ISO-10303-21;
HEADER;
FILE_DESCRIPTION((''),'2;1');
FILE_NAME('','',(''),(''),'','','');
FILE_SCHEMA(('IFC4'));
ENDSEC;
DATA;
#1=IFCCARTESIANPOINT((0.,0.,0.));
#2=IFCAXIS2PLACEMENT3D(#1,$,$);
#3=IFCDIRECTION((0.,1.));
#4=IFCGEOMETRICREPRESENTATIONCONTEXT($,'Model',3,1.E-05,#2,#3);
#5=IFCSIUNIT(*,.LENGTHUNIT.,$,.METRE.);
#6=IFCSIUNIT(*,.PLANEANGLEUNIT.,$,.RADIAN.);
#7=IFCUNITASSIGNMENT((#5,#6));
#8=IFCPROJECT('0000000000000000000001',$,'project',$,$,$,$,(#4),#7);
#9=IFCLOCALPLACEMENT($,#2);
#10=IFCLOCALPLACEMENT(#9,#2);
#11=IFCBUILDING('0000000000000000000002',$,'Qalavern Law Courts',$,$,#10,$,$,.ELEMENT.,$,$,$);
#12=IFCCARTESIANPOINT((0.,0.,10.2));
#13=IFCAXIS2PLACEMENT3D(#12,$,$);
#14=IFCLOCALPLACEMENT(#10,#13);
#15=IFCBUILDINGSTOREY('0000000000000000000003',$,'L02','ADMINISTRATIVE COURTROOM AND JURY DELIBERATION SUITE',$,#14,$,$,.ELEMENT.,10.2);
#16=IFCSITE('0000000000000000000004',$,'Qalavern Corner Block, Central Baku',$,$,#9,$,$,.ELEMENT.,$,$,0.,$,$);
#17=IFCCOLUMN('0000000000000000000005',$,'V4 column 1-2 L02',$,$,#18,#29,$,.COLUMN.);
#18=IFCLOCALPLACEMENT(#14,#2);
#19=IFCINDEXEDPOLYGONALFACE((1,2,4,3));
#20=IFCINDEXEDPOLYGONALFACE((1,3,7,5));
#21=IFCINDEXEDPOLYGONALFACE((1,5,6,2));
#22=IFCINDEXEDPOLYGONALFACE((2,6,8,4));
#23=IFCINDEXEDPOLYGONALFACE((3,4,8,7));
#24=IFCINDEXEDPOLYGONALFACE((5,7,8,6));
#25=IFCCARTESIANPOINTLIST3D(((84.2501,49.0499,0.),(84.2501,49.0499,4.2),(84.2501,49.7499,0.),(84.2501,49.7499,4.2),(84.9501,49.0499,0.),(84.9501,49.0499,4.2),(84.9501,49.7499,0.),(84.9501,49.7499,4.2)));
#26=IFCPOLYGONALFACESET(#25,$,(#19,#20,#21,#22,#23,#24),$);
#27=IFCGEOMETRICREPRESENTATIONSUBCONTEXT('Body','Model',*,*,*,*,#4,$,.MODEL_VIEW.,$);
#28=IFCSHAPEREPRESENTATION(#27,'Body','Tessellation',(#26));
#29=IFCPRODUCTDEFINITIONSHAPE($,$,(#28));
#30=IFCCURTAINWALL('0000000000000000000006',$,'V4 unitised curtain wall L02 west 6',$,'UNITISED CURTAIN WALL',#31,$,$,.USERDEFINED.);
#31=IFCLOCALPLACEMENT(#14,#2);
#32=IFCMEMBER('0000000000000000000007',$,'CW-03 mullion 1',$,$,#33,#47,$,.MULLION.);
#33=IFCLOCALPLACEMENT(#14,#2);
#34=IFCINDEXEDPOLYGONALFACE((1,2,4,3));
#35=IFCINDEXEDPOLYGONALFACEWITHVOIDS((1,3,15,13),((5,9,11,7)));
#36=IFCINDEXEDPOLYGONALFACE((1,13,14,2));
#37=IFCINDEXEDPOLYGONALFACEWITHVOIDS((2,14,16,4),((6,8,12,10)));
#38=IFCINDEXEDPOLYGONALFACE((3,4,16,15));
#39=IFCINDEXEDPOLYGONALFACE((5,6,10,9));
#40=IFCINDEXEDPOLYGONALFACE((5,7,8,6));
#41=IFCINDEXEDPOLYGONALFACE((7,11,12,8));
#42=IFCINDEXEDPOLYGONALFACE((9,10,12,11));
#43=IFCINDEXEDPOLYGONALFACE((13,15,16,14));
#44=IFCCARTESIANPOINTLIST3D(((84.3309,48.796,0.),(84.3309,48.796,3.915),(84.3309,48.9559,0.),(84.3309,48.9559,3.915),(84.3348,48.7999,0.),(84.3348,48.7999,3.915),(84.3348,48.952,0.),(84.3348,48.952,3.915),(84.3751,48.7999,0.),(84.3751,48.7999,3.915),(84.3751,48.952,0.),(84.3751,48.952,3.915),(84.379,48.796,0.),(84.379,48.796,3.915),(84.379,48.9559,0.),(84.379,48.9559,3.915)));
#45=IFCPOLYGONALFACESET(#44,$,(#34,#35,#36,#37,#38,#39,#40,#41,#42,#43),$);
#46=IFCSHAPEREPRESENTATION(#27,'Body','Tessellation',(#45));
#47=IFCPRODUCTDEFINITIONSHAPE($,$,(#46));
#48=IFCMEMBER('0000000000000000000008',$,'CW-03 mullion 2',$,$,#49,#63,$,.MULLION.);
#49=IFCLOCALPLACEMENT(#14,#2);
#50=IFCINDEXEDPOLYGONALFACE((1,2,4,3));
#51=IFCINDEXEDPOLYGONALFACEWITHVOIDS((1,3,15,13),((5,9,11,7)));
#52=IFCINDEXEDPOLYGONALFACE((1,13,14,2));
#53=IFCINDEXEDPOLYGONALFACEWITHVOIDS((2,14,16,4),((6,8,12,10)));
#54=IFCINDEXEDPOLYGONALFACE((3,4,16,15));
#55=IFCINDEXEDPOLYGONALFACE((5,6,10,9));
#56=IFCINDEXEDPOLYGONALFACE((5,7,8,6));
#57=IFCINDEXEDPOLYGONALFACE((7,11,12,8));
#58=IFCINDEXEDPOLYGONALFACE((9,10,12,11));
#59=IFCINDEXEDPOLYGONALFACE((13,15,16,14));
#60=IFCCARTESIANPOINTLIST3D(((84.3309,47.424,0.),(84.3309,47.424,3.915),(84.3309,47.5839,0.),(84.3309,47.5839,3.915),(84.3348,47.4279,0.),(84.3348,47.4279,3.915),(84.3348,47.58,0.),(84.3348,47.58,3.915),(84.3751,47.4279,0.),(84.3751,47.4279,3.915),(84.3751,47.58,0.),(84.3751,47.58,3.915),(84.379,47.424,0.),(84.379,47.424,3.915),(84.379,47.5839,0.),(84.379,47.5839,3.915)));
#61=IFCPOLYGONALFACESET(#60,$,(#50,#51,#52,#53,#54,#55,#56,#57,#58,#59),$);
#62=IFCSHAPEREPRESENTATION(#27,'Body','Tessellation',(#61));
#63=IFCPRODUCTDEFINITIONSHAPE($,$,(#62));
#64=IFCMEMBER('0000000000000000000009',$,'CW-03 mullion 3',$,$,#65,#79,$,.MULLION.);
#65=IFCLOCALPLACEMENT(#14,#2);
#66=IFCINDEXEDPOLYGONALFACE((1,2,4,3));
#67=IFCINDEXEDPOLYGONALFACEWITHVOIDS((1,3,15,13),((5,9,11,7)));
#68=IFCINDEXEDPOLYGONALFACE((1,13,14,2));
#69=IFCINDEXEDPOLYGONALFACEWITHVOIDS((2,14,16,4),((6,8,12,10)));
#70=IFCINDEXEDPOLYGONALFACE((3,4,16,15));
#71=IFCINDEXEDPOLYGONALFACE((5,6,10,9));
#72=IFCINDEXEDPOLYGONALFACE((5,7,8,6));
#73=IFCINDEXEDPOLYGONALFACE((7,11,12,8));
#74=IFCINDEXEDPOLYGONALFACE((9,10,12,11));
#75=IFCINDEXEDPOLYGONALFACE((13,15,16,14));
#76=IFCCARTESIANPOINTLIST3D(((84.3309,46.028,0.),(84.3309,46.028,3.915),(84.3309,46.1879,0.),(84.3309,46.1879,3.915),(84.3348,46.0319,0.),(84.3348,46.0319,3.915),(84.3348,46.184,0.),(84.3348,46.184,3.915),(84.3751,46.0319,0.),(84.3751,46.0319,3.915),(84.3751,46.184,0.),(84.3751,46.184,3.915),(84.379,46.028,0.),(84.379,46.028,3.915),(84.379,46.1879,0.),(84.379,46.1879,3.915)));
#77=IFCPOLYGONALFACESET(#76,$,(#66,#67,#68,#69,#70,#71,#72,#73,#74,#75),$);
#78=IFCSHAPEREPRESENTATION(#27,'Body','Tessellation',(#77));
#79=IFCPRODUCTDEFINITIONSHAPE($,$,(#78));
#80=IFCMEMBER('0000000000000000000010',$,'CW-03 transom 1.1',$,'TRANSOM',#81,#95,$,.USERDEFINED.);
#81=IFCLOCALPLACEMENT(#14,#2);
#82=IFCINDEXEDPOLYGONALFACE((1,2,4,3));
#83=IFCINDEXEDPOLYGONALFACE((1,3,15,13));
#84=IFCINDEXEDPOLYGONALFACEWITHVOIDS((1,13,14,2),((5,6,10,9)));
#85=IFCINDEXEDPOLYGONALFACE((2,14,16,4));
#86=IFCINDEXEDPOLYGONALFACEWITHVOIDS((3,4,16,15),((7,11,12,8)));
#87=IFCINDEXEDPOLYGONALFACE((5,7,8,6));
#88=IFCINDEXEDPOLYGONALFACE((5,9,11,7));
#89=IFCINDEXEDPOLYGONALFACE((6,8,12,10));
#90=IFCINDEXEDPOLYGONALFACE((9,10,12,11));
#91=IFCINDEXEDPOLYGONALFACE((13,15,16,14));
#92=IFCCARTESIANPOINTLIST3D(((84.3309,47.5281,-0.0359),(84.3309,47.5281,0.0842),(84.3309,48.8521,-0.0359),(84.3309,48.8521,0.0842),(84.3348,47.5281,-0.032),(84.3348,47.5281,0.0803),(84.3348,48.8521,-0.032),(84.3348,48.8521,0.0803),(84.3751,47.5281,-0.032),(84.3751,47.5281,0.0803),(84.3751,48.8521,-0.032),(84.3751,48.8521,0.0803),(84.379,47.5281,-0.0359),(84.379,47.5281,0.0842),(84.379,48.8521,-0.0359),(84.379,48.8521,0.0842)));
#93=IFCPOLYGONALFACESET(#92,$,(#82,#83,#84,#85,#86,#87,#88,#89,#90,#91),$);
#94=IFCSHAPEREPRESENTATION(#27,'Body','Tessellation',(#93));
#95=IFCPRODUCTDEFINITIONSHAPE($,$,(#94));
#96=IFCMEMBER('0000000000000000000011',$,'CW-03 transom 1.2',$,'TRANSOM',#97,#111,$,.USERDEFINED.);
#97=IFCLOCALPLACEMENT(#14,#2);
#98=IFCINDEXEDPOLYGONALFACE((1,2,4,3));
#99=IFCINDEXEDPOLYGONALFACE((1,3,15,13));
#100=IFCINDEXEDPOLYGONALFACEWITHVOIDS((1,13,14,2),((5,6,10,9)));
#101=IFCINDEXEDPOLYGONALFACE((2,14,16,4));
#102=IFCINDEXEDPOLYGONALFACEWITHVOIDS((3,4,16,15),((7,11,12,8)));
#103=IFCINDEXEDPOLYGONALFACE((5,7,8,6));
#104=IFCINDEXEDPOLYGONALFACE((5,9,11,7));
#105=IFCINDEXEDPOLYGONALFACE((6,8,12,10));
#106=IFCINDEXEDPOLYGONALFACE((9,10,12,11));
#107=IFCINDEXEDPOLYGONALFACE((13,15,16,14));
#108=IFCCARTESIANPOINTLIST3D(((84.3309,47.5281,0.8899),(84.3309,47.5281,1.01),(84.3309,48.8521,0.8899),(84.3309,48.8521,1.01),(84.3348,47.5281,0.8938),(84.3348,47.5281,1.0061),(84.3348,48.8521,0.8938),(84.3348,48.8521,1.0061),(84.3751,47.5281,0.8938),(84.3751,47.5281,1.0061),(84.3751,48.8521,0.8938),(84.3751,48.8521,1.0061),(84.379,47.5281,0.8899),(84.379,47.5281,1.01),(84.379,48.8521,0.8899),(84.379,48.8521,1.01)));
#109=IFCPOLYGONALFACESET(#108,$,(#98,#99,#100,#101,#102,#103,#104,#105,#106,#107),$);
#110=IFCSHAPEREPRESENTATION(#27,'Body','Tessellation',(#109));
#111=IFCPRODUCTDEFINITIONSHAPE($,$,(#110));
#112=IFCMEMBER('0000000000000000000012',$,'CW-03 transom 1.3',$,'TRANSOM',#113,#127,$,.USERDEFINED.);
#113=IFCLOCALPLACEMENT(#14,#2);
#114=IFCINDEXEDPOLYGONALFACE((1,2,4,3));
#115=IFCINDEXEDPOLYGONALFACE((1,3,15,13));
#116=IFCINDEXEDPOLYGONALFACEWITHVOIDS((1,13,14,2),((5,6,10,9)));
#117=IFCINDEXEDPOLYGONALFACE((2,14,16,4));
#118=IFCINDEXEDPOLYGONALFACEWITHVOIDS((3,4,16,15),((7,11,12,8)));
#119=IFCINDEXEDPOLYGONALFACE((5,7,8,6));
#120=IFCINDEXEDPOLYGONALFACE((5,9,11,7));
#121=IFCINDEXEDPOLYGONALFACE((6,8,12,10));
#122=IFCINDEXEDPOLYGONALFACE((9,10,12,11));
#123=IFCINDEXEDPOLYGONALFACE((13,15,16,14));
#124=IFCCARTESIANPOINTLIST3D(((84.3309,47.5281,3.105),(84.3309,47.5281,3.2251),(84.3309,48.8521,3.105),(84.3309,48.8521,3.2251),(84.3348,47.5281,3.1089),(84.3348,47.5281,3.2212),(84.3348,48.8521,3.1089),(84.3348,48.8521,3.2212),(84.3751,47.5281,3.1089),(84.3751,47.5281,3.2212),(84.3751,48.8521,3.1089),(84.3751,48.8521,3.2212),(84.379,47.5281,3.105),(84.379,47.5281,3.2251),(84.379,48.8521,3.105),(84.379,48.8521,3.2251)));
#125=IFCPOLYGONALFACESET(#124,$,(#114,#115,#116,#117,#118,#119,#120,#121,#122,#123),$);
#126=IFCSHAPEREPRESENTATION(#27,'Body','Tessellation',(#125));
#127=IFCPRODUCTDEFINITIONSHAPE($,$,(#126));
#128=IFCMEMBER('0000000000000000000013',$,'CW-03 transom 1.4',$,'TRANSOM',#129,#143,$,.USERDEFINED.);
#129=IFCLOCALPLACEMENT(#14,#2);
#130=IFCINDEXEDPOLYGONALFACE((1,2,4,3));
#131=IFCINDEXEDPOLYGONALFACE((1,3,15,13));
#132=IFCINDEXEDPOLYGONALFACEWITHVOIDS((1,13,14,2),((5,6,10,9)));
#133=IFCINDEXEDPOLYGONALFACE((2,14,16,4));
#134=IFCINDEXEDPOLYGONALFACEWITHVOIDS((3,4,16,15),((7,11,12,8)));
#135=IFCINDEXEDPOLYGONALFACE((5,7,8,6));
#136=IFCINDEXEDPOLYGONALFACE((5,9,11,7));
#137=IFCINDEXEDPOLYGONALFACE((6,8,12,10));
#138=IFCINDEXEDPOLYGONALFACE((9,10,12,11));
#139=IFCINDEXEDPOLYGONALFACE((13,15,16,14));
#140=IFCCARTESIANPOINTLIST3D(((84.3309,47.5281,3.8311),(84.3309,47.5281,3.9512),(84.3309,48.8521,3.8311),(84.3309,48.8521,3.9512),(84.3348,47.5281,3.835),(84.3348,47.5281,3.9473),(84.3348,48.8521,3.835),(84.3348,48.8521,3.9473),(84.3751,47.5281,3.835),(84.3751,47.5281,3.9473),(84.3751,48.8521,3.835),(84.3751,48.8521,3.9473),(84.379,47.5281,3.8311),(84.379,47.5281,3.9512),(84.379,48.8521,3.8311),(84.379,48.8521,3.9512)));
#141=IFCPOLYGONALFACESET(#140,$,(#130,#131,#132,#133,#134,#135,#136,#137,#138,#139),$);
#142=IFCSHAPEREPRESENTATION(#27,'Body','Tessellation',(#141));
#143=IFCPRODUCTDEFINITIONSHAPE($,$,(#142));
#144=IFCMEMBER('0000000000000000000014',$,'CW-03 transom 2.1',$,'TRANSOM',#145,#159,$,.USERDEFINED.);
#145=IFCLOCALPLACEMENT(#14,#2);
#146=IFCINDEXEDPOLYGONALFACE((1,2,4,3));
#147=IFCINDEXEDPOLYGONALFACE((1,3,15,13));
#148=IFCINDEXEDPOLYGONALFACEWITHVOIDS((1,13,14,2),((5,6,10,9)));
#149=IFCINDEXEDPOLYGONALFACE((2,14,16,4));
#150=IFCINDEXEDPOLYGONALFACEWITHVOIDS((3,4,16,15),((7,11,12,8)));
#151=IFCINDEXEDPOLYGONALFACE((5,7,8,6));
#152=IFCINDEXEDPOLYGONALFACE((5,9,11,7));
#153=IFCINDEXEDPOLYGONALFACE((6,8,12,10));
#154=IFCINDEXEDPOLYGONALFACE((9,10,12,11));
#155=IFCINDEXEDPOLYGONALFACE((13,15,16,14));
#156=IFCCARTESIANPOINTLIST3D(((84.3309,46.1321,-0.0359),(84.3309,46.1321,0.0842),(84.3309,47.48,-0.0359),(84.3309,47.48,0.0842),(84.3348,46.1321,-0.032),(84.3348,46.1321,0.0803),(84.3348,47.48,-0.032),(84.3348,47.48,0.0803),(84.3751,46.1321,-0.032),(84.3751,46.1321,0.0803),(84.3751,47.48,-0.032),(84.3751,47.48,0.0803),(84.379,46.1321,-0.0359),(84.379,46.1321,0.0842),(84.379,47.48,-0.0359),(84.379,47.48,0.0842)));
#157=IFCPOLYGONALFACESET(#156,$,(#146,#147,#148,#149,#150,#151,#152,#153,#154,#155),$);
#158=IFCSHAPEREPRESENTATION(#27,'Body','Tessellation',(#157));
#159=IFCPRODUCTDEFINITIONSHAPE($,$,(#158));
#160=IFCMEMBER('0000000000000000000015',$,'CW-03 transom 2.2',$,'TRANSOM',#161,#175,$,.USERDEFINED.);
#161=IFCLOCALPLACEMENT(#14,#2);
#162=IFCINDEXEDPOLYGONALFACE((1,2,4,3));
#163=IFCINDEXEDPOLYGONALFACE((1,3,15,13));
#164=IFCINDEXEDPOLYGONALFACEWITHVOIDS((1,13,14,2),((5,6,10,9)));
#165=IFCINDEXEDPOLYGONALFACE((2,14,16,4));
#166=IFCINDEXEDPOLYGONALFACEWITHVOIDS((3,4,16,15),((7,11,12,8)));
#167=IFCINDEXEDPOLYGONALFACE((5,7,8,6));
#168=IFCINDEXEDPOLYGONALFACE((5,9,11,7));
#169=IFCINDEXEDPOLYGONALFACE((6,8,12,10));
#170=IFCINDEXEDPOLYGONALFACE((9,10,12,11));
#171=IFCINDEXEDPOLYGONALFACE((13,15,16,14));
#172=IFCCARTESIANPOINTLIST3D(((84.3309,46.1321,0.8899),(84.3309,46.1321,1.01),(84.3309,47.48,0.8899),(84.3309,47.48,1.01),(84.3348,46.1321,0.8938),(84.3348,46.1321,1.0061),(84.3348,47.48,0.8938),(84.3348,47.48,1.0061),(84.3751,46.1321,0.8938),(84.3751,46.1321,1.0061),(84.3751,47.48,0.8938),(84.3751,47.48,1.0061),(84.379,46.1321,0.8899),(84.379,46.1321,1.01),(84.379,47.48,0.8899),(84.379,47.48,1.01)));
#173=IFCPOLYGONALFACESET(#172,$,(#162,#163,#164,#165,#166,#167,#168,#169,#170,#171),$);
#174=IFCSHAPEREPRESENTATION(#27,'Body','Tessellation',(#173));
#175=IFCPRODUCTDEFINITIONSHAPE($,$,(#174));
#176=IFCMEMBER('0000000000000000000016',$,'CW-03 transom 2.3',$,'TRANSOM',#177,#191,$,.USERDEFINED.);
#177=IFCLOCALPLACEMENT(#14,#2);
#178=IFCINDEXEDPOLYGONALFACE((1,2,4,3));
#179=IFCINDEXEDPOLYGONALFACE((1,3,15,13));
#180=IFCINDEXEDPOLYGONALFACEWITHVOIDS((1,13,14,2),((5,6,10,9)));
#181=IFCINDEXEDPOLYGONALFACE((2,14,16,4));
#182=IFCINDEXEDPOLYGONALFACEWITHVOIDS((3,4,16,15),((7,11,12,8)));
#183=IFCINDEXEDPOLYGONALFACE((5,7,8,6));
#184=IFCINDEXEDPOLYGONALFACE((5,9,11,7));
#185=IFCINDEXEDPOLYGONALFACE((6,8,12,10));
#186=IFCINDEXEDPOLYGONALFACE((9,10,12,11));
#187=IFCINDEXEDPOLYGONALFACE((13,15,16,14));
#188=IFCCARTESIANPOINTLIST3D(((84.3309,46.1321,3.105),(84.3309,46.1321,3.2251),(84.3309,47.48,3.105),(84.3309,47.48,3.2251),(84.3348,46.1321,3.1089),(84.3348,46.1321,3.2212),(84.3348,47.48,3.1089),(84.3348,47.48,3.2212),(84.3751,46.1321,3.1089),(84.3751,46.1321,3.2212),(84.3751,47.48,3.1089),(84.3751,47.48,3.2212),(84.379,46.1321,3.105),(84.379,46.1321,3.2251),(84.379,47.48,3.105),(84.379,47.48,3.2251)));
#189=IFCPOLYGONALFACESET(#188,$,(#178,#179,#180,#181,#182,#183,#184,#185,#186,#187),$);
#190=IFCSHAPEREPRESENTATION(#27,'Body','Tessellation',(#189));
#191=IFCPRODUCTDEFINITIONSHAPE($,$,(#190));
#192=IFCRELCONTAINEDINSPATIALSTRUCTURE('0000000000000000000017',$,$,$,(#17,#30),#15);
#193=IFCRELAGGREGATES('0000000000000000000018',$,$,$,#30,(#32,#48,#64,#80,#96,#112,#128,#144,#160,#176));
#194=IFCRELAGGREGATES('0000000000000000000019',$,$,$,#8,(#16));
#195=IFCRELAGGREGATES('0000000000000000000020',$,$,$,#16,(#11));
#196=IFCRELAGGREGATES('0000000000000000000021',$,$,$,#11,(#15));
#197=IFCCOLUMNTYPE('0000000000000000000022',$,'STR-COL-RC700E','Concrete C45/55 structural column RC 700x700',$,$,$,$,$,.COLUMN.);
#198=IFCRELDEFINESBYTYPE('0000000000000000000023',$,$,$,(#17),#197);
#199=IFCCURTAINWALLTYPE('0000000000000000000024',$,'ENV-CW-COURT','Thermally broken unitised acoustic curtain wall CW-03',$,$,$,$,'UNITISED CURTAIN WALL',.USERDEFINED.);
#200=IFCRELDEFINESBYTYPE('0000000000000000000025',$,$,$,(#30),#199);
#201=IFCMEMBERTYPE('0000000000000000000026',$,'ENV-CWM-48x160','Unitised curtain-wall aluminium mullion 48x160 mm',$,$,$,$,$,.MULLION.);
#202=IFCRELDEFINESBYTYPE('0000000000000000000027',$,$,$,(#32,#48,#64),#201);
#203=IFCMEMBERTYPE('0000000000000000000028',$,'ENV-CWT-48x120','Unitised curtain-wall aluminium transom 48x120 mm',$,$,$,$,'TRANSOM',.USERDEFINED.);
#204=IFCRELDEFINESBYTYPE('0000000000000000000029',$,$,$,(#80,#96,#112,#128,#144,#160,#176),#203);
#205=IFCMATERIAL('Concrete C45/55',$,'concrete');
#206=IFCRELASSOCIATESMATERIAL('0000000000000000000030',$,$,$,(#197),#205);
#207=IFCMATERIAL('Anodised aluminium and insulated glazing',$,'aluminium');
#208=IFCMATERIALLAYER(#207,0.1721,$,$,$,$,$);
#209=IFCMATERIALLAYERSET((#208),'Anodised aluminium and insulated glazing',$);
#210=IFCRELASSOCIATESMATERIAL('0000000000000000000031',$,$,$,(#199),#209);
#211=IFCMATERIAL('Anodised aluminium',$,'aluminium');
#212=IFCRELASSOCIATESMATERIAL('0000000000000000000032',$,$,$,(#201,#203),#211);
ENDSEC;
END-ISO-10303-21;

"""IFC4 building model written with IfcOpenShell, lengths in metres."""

from ifc_helpers import new_model, si_unit, direction, frame, origin, origin_2d, place, context, subcontext, project, spatial, rectangle, hollow_rectangle, extrude, material, layer, layer_set, material_profile, profile_set, type_object, element, aggregate, save


model = new_model("IFC4")

# Units and contexts
model_context = context("Model", 3, precision=1e-05, world=origin(), true_north=direction((0.0, 1.0)))
body_context = subcontext(model_context, "Body", "Model", "MODEL_VIEW")
ifc_project = project(units=[si_unit("LENGTHUNIT", "METRE"), si_unit("PLANEANGLEUNIT", "RADIAN")], contexts=[model_context])

# Site, building, storey
site_placement = place(None, origin())
site = spatial("IfcSite", under=ifc_project, at=site_placement, Name="Qalavern Corner Block, Central Baku", CompositionType="ELEMENT", RefElevation=0.0)
building_placement = place(site_placement, origin())
building = spatial("IfcBuilding", under=site, at=building_placement, Name="Qalavern Law Courts", CompositionType="ELEMENT")
storey_placement = place(building_placement, frame((0.0, 0.0, 10.2)))
storey = spatial("IfcBuildingStorey", under=building, at=storey_placement, Name="L02", Description="ADMINISTRATIVE COURTROOM AND JURY DELIBERATION SUITE", CompositionType="ELEMENT", Elevation=10.2)

# Column
ifc_material_1 = material(Name="Concrete C45/55", Category="concrete")
ifc_material_profile_1 = material_profile(ifc_material_1, rectangle(XDim=0.7, YDim=0.7, at=origin_2d()), Name="RC 700x700")
ifc_profile_set_1 = profile_set([ifc_material_profile_1], Name="Concrete C45/55")
column_type = type_object("IfcColumnType", Name="STR-COL-RC700E", Description="Concrete C45/55 structural column RC 700x700", PredefinedType="COLUMN", material=ifc_profile_set_1)
column_placement = place(storey_placement, frame((84.6001, 49.3999, 0.0), z_axis=(0.0, 0.0, 1.0), x_axis=(1.0, 0.0, 0.0)))
element("IfcColumn", 1, at=column_placement, inside=storey, type_object=column_type, Name="V4 column 1-2 L02", PredefinedType="COLUMN", context=body_context, shape_type="SweptSolid", body=[
    extrude(rectangle(XDim=0.7, YDim=0.7, at=origin_2d()), origin(), (0.0, 0.0, 1.0), 4.2),
])

# Curtain wall, members
ifc_material_2 = material(Name="Anodised aluminium and insulated glazing", Category="aluminium")
ifc_layer_1 = layer(ifc_material_2, 0.1721)
ifc_layer_set_1 = layer_set([ifc_layer_1], Name="Anodised aluminium and insulated glazing")
curtain_wall_type = type_object("IfcCurtainWallType", Name="ENV-CW-COURT", Description="Thermally broken unitised acoustic curtain wall CW-03", ElementType="UNITISED CURTAIN WALL", PredefinedType="USERDEFINED", material=ifc_layer_set_1)
curtain_wall_placement = place(storey_placement, origin())
curtain_wall = element("IfcCurtainWall", 2, at=curtain_wall_placement, inside=storey, type_object=curtain_wall_type, Name="V4 unitised curtain wall L02 west 6", ObjectType="UNITISED CURTAIN WALL", PredefinedType="USERDEFINED")
ifc_material_3 = material(Name="Anodised aluminium", Category="aluminium")
ifc_material_profile_2 = material_profile(ifc_material_3, hollow_rectangle(XDim=0.0481, YDim=0.1599, WallThickness=0.0039, at=origin_2d()), Name="ALU MULLION 48x160")
ifc_profile_set_2 = profile_set([ifc_material_profile_2], Name="Anodised aluminium")
member_type_1 = type_object("IfcMemberType", Name="ENV-CWM-48x160", Description="Unitised curtain-wall aluminium mullion 48x160 mm", PredefinedType="MULLION", material=ifc_profile_set_2)
member_1_placement = place(storey_placement, frame((84.355, 48.876, 0.0), z_axis=(0.0, 0.0, 1.0), x_axis=(1.0, 0.0, 0.0)))
member_1 = element("IfcMember", 3, at=member_1_placement, type_object=member_type_1, Name="CW-03 mullion 1", PredefinedType="MULLION", context=body_context, shape_type="SweptSolid", body=[
    extrude(hollow_rectangle(XDim=0.0481, YDim=0.1599, WallThickness=0.0039, at=origin_2d()), origin(), (0.0, 0.0, 1.0), 3.915),
])
member_2_placement = place(storey_placement, frame((84.355, 47.5039, 0.0), z_axis=(0.0, 0.0, 1.0), x_axis=(1.0, 0.0, 0.0)))
member_2 = element("IfcMember", 4, at=member_2_placement, type_object=member_type_1, Name="CW-03 mullion 2", PredefinedType="MULLION", context=body_context, shape_type="SweptSolid", body=[
    extrude(hollow_rectangle(XDim=0.0481, YDim=0.1599, WallThickness=0.0039, at=origin_2d()), origin(), (0.0, 0.0, 1.0), 3.915),
])
member_3_placement = place(storey_placement, frame((84.355, 46.1079, 0.0), z_axis=(0.0, 0.0, 1.0), x_axis=(1.0, 0.0, 0.0)))
member_3 = element("IfcMember", 5, at=member_3_placement, type_object=member_type_1, Name="CW-03 mullion 3", PredefinedType="MULLION", context=body_context, shape_type="SweptSolid", body=[
    extrude(hollow_rectangle(XDim=0.0481, YDim=0.1599, WallThickness=0.0039, at=origin_2d()), origin(), (0.0, 0.0, 1.0), 3.915),
])
ifc_material_profile_3 = material_profile(ifc_material_3, hollow_rectangle(XDim=0.0481, YDim=0.1201, WallThickness=0.0039, at=origin_2d()), Name="ALU TRANSOM 48x120")
ifc_profile_set_3 = profile_set([ifc_material_profile_3], Name="Anodised aluminium")
member_type_2 = type_object("IfcMemberType", Name="ENV-CWT-48x120", Description="Unitised curtain-wall aluminium transom 48x120 mm", ElementType="TRANSOM", PredefinedType="USERDEFINED", material=ifc_profile_set_3)
member_4_placement = place(storey_placement, frame((84.355, 48.8521, 0.0242), z_axis=(0.0, -1.0, 0.0), x_axis=(1.0, 0.0, 0.0)))
member_4 = element("IfcMember", 6, at=member_4_placement, type_object=member_type_2, Name="CW-03 transom 1.1", ObjectType="TRANSOM", PredefinedType="USERDEFINED", context=body_context, shape_type="SweptSolid", body=[
    extrude(hollow_rectangle(XDim=0.0481, YDim=0.1201, WallThickness=0.0039, at=origin_2d()), origin(), (0.0, 0.0, 1.0), 1.324),
])
member_5_placement = place(storey_placement, frame((84.355, 48.8521, 0.95), z_axis=(0.0, -1.0, 0.0), x_axis=(1.0, 0.0, 0.0)))
member_5 = element("IfcMember", 7, at=member_5_placement, type_object=member_type_2, Name="CW-03 transom 1.2", ObjectType="TRANSOM", PredefinedType="USERDEFINED", context=body_context, shape_type="SweptSolid", body=[
    extrude(hollow_rectangle(XDim=0.0481, YDim=0.1201, WallThickness=0.0039, at=origin_2d()), origin(), (0.0, 0.0, 1.0), 1.324),
])
member_6_placement = place(storey_placement, frame((84.355, 48.8521, 3.165), z_axis=(0.0, -1.0, 0.0), x_axis=(1.0, 0.0, 0.0)))
member_6 = element("IfcMember", 8, at=member_6_placement, type_object=member_type_2, Name="CW-03 transom 1.3", ObjectType="TRANSOM", PredefinedType="USERDEFINED", context=body_context, shape_type="SweptSolid", body=[
    extrude(hollow_rectangle(XDim=0.0481, YDim=0.1201, WallThickness=0.0039, at=origin_2d()), origin(), (0.0, 0.0, 1.0), 1.324),
])
member_7_placement = place(storey_placement, frame((84.355, 48.8521, 3.8911), z_axis=(0.0, -1.0, 0.0), x_axis=(1.0, 0.0, 0.0)))
member_7 = element("IfcMember", 9, at=member_7_placement, type_object=member_type_2, Name="CW-03 transom 1.4", ObjectType="TRANSOM", PredefinedType="USERDEFINED", context=body_context, shape_type="SweptSolid", body=[
    extrude(hollow_rectangle(XDim=0.0481, YDim=0.1201, WallThickness=0.0039, at=origin_2d()), origin(), (0.0, 0.0, 1.0), 1.324),
])
member_8_placement = place(storey_placement, frame((84.355, 47.48, 0.0242), z_axis=(0.0, -1.0, 0.0), x_axis=(1.0, 0.0, 0.0)))
member_8 = element("IfcMember", 10, at=member_8_placement, type_object=member_type_2, Name="CW-03 transom 2.1", ObjectType="TRANSOM", PredefinedType="USERDEFINED", context=body_context, shape_type="SweptSolid", body=[
    extrude(hollow_rectangle(XDim=0.0481, YDim=0.1201, WallThickness=0.0039, at=origin_2d()), origin(), (0.0, 0.0, 1.0), 1.3479),
])
member_9_placement = place(storey_placement, frame((84.355, 47.48, 0.95), z_axis=(0.0, -1.0, 0.0), x_axis=(1.0, 0.0, 0.0)))
member_9 = element("IfcMember", 11, at=member_9_placement, type_object=member_type_2, Name="CW-03 transom 2.2", ObjectType="TRANSOM", PredefinedType="USERDEFINED", context=body_context, shape_type="SweptSolid", body=[
    extrude(hollow_rectangle(XDim=0.0481, YDim=0.1201, WallThickness=0.0039, at=origin_2d()), origin(), (0.0, 0.0, 1.0), 1.3479),
])
member_10_placement = place(storey_placement, frame((84.355, 47.48, 3.165), z_axis=(0.0, -1.0, 0.0), x_axis=(1.0, 0.0, 0.0)))
member_10 = element("IfcMember", 12, at=member_10_placement, type_object=member_type_2, Name="CW-03 transom 2.3", ObjectType="TRANSOM", PredefinedType="USERDEFINED", context=body_context, shape_type="SweptSolid", body=[
    extrude(hollow_rectangle(XDim=0.0481, YDim=0.1201, WallThickness=0.0039, at=origin_2d()), origin(), (0.0, 0.0, 1.0), 1.3479),
])

aggregate(curtain_wall, [member_1, member_2, member_3, member_4, member_5, member_6, member_7, member_8, member_9, member_10])

save(model, "model.ifc")
